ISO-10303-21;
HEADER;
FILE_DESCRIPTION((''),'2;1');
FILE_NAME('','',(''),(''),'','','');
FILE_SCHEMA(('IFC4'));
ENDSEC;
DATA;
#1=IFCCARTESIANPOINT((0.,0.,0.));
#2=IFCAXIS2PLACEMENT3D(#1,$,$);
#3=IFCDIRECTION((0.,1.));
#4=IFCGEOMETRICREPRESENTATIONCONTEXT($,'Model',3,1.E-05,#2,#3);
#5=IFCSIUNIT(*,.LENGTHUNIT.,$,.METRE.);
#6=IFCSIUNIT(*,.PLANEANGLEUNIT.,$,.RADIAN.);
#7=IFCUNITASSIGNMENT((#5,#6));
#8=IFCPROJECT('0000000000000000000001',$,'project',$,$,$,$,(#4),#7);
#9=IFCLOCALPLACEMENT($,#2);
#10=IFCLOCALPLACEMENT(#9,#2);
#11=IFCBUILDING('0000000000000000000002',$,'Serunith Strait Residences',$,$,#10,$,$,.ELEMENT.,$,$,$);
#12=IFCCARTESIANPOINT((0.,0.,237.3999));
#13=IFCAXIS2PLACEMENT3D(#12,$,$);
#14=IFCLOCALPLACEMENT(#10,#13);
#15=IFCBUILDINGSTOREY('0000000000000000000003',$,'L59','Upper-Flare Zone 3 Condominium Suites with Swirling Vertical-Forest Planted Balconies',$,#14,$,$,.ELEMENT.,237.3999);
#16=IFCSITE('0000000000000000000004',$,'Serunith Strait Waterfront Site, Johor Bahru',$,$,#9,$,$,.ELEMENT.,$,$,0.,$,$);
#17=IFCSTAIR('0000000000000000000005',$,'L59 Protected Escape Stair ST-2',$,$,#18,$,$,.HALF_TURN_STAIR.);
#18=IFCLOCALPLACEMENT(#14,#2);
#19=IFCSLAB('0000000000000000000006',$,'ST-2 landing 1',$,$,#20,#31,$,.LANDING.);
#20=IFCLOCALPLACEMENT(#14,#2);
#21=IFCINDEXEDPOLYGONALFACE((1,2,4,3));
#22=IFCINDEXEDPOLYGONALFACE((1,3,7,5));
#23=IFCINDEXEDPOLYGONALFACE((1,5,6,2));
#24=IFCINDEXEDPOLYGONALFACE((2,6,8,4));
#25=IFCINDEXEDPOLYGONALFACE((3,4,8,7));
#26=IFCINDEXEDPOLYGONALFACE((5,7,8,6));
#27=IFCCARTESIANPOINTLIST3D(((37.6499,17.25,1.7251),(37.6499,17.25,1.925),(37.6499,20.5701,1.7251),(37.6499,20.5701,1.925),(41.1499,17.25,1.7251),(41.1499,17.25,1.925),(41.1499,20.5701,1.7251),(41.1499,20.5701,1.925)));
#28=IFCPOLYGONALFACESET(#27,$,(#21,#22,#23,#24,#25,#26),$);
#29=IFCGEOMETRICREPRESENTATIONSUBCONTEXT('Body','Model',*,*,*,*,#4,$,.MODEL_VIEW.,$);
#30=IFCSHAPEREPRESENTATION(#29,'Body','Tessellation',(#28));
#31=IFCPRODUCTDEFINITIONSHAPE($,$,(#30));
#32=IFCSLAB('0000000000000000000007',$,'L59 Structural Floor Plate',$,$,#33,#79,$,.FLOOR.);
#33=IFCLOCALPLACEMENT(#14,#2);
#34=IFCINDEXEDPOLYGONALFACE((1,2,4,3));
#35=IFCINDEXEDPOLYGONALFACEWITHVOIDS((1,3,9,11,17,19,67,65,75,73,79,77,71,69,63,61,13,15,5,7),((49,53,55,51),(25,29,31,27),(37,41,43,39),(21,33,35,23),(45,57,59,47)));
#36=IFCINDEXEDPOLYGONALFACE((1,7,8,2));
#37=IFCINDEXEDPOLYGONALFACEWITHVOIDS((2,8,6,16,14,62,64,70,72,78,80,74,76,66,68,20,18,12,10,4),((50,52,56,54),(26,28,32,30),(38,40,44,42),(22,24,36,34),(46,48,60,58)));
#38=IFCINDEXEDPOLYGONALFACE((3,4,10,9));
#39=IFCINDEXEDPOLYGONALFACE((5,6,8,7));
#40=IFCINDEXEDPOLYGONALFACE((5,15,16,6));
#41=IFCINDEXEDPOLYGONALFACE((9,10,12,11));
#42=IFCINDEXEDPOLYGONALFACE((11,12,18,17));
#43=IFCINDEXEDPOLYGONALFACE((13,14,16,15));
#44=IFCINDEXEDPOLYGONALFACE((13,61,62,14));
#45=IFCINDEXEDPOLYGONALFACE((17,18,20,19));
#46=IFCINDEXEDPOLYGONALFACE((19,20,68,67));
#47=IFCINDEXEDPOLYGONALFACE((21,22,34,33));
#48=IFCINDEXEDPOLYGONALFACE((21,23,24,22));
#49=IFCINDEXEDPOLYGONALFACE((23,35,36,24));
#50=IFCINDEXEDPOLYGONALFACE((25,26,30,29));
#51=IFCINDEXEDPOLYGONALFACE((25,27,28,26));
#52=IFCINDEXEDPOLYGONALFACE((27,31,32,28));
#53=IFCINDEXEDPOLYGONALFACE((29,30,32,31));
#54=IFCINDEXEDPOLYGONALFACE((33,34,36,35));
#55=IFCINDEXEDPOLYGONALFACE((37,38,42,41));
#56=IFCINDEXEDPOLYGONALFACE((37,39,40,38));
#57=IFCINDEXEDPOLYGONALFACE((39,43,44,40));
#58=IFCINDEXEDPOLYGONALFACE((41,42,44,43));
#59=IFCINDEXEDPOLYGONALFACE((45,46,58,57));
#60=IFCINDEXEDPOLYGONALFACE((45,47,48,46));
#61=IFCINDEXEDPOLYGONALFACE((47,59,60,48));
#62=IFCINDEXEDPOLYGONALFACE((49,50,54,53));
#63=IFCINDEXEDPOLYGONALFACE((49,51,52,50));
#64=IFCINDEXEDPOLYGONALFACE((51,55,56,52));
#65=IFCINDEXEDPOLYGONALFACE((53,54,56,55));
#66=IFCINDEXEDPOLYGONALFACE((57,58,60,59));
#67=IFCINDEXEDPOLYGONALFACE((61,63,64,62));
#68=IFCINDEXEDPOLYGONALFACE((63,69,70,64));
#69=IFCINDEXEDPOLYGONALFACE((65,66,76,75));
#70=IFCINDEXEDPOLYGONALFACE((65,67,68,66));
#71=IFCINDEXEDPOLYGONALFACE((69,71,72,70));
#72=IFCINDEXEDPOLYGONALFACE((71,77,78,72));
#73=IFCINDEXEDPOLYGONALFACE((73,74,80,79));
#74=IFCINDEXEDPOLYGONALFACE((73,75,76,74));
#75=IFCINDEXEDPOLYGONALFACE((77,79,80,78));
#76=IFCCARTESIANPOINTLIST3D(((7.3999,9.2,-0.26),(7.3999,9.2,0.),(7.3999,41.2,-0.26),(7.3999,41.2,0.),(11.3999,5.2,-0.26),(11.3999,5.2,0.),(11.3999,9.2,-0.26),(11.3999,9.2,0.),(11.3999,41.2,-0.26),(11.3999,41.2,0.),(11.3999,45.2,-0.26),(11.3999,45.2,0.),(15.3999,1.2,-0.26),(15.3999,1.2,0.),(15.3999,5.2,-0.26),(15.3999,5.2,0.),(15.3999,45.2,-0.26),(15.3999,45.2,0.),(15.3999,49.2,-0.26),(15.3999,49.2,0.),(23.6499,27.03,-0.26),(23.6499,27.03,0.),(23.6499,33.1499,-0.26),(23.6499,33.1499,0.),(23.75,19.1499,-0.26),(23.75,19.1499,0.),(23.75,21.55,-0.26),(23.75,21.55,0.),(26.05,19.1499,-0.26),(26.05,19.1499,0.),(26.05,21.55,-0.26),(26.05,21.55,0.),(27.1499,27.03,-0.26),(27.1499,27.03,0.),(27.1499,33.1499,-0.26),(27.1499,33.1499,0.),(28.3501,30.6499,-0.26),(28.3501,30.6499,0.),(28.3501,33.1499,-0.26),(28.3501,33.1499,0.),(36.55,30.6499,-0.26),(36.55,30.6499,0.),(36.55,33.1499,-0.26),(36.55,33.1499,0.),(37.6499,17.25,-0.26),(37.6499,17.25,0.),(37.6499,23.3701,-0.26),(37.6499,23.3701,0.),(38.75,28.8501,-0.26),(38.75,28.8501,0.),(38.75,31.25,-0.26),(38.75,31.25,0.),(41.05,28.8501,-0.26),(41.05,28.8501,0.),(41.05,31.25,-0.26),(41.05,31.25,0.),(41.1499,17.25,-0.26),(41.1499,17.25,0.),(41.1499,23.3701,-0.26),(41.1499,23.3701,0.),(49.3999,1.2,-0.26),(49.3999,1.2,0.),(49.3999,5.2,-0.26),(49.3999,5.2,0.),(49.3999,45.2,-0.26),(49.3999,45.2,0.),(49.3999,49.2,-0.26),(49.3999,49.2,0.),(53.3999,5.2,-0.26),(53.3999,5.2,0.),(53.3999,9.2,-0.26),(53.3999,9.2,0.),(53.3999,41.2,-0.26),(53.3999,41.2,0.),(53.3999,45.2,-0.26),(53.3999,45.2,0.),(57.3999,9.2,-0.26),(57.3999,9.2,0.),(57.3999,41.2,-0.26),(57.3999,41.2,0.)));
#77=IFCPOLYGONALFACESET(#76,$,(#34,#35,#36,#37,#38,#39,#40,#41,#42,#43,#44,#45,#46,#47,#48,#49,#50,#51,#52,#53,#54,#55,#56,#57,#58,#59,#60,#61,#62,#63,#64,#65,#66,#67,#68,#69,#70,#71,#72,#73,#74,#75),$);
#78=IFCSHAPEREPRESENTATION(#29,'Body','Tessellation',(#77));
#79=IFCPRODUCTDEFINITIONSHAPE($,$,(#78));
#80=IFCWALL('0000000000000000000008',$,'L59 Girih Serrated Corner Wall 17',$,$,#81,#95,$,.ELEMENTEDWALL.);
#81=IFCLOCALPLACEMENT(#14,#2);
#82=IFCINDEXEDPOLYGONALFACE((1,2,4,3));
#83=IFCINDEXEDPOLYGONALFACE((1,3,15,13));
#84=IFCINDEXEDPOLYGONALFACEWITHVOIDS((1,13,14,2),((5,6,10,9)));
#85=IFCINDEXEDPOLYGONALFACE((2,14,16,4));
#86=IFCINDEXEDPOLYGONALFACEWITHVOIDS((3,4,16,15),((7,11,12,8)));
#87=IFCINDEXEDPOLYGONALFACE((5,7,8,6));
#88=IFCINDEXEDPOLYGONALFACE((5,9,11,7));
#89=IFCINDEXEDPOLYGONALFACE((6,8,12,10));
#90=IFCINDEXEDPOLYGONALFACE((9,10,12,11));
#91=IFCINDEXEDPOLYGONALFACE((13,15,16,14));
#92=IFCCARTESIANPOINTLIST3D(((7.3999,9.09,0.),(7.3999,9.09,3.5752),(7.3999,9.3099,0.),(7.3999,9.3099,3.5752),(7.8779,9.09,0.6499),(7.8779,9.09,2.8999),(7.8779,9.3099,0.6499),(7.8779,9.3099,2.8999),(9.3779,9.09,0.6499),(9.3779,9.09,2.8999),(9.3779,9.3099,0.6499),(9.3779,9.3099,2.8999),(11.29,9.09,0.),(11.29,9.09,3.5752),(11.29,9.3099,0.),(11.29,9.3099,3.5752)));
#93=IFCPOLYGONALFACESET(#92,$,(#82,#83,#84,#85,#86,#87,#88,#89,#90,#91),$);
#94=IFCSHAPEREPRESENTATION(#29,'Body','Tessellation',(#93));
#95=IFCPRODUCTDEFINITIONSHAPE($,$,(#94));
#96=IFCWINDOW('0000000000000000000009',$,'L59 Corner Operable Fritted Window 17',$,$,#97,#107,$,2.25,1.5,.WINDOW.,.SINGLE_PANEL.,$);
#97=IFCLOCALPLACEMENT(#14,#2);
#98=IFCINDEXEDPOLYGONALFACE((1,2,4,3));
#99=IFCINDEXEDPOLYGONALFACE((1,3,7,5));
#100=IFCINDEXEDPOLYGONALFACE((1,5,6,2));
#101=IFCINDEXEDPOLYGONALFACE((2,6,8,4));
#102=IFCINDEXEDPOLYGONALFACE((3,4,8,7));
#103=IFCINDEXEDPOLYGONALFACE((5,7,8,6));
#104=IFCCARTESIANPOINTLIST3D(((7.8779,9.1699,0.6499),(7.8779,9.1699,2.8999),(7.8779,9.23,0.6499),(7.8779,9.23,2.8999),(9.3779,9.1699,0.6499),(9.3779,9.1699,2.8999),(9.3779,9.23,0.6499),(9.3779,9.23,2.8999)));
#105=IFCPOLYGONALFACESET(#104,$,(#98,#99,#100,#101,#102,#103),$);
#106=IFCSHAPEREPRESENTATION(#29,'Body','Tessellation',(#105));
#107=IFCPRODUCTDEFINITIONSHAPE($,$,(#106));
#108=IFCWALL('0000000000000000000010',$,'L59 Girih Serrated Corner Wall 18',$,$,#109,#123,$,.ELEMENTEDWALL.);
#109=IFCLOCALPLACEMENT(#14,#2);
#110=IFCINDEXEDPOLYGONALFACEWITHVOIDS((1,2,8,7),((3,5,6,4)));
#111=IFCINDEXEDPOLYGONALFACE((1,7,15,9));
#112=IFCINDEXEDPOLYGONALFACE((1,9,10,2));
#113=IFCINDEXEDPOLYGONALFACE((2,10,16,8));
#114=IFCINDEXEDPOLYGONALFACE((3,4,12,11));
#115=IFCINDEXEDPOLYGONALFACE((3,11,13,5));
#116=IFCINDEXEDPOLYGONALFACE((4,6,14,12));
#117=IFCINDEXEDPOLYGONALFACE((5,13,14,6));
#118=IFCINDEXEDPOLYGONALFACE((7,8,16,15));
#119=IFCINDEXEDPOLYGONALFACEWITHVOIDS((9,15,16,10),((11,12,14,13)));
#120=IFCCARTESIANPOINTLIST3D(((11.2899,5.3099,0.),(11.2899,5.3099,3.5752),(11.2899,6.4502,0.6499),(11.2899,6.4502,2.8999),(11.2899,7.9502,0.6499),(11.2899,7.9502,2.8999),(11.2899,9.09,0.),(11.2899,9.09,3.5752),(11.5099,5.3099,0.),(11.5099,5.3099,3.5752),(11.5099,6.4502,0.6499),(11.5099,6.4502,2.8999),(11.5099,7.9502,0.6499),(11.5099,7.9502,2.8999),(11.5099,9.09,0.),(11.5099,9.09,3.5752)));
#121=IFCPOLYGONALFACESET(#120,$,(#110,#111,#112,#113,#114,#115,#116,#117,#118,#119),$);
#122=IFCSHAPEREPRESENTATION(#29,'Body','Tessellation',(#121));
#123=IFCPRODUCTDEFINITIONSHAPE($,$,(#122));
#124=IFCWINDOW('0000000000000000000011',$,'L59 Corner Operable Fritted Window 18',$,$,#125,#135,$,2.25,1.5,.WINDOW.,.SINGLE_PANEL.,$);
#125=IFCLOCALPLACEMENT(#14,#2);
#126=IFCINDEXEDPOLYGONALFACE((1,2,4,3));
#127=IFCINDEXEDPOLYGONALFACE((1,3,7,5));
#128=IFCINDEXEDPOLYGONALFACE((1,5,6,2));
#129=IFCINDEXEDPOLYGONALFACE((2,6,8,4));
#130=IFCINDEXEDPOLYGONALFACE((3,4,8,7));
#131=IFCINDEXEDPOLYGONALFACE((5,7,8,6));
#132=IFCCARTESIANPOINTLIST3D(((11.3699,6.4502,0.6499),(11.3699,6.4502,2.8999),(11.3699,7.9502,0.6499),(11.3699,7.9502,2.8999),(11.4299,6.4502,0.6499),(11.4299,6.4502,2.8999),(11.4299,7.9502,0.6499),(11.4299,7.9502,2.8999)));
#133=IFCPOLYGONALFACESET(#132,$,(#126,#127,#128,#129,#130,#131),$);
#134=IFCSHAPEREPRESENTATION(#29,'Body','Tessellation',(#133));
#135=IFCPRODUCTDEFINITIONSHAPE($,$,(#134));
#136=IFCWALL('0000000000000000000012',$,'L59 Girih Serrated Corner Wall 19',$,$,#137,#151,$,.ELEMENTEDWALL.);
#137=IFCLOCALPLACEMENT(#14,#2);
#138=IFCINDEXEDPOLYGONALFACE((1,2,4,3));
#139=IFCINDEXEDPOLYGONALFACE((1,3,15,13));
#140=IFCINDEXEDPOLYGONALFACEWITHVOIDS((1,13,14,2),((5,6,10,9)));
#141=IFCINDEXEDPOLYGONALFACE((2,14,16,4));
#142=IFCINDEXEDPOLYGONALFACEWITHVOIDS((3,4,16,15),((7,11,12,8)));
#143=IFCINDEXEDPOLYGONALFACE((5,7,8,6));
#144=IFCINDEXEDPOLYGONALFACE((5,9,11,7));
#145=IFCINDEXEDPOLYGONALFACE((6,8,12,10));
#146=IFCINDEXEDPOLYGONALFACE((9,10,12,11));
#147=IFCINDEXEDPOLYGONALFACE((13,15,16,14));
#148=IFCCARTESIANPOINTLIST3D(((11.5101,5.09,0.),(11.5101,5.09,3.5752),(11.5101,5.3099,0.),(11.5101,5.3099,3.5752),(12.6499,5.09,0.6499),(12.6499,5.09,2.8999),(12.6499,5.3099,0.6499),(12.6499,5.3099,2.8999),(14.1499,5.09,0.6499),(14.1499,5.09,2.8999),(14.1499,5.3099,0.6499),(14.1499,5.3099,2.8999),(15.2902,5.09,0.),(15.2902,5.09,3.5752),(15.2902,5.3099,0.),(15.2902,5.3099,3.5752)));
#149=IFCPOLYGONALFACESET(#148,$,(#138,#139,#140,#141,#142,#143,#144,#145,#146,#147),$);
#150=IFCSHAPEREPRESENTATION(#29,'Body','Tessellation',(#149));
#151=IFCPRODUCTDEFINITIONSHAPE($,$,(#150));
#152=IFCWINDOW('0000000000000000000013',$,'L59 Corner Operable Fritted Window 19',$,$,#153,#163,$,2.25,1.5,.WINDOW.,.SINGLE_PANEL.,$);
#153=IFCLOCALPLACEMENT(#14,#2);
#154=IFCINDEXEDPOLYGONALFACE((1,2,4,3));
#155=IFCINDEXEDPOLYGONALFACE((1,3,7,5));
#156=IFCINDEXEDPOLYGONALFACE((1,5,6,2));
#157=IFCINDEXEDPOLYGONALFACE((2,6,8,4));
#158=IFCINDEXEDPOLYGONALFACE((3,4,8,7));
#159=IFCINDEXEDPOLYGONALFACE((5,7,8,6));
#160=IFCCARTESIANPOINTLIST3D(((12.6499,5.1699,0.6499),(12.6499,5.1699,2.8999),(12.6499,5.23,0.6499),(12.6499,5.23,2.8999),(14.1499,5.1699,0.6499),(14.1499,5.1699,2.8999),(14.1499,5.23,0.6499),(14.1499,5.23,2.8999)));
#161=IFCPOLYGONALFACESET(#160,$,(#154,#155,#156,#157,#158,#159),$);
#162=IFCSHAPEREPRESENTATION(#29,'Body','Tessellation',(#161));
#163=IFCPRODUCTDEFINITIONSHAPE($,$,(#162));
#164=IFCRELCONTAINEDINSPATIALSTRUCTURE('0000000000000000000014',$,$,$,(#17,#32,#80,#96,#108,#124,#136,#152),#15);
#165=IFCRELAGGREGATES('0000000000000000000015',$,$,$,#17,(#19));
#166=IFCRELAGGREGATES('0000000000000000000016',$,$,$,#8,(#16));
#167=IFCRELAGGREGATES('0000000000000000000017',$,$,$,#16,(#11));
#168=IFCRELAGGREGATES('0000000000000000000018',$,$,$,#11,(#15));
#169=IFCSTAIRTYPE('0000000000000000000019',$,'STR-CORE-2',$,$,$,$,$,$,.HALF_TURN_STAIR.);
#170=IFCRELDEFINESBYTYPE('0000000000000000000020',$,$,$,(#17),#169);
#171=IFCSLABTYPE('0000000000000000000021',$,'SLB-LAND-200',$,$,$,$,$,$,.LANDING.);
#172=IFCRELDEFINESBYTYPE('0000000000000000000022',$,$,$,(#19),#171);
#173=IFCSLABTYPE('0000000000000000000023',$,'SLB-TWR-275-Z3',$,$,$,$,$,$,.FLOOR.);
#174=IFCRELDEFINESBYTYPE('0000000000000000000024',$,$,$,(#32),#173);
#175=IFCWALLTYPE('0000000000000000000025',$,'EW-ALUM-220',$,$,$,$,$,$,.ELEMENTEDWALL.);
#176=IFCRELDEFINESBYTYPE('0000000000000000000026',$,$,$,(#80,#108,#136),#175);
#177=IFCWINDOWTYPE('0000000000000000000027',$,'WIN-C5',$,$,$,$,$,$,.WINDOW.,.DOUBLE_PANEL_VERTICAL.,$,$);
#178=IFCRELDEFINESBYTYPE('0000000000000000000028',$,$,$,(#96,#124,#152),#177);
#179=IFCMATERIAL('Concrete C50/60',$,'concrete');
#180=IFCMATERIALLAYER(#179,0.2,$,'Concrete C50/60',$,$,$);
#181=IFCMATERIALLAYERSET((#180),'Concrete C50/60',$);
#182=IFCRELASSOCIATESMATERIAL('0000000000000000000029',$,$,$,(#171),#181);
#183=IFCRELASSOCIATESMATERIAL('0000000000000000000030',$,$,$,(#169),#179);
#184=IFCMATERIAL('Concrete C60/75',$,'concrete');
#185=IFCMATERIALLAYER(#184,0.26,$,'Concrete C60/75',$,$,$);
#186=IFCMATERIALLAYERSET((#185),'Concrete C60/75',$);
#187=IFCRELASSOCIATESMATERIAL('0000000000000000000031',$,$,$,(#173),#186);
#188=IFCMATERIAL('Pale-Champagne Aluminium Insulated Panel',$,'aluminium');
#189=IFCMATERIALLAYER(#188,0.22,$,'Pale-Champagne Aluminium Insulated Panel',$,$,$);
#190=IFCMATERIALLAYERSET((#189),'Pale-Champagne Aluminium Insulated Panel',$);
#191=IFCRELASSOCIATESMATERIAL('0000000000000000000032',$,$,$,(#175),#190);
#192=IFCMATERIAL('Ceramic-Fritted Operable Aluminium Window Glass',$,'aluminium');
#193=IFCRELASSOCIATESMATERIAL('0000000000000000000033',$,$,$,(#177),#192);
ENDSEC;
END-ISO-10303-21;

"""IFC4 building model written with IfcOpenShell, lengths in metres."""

from ifc_helpers import new_model, si_unit, direction, frame, frame_2d, origin, place, context, subcontext, project, spatial, polyline, rectangle, outline, extrude, source, transform, mapped, material, layer, layer_set, type_object, element, fill, aggregate, save


model = new_model("IFC4")

# Units and contexts
model_context = context("Model", 3, precision=1e-05, world=origin(), true_north=direction((0.0, 1.0)))
body_context = subcontext(model_context, "Body", "Model", "MODEL_VIEW")
ifc_project = project(units=[si_unit("LENGTHUNIT", "METRE"), si_unit("PLANEANGLEUNIT", "RADIAN")], contexts=[model_context])

# Site, building, storey
site_placement = place(None, origin())
site = spatial("IfcSite", under=ifc_project, at=site_placement, Name="Serunith Strait Waterfront Site, Johor Bahru", CompositionType="ELEMENT", RefElevation=0.0)
building_placement = place(site_placement, origin())
building = spatial("IfcBuilding", under=site, at=building_placement, Name="Serunith Strait Residences", CompositionType="ELEMENT")
storey_placement = place(building_placement, frame((0.0, 0.0, 237.3999)))
storey = spatial("IfcBuildingStorey", under=building, at=storey_placement, Name="L59", Description="Upper-Flare Zone 3 Condominium Suites with Swirling Vertical-Forest Planted Balconies", CompositionType="ELEMENT", Elevation=237.3999)

# Shared definitions
ifc_material_1 = material(Name="Concrete C50/60", Category="concrete")

# Stair, slab
ifc_layer_1 = layer(ifc_material_1, 0.2, Name="Concrete C50/60")
ifc_layer_set_1 = layer_set([ifc_layer_1], Name="Concrete C50/60")
slab_type_1 = type_object("IfcSlabType", Name="SLB-LAND-200", PredefinedType="LANDING", material=ifc_layer_set_1)
stair_type_1 = type_object("IfcStairType", Name="STR-CORE-2", PredefinedType="HALF_TURN_STAIR", material=ifc_material_1)
stair_1_placement = place(storey_placement, origin())
stair_1 = element("IfcStair", 1, at=stair_1_placement, inside=storey, type_object=stair_type_1, Name="L59 Protected Escape Stair ST-2", PredefinedType="HALF_TURN_STAIR")
slab_1_placement = place(storey_placement, frame((0.0, 0.0, 1.7251)))
slab_1 = element("IfcSlab", 2, at=slab_1_placement, type_object=slab_type_1, Name="ST-2 landing 1", PredefinedType="LANDING", context=body_context, shape_type="SweptSolid", body=[
    extrude(outline(polyline([(37.6499, 20.5701), (37.6499, 17.25), (41.1499, 17.25), (41.1499, 20.5701), (37.6499, 20.5701)])), origin(), (0.0, 0.0, 1.0), 0.2),
])
aggregate(stair_1, [slab_1])

# Slab
ifc_material_2 = material(Name="Concrete C60/75", Category="concrete")
ifc_layer_2 = layer(ifc_material_2, 0.26, Name="Concrete C60/75")
ifc_layer_set_2 = layer_set([ifc_layer_2], Name="Concrete C60/75")
slab_type_2 = type_object("IfcSlabType", Name="SLB-TWR-275-Z3", PredefinedType="FLOOR", material=ifc_layer_set_2)
slab_2_placement = place(storey_placement, frame((0.0, 0.0, -0.26)))
element("IfcSlab", 3, at=slab_2_placement, inside=storey, type_object=slab_type_2, Name="L59 Structural Floor Plate", PredefinedType="FLOOR", context=body_context, shape_type="SweptSolid", body=[
    extrude(outline(polyline([(15.3999, 5.2), (11.3999, 5.2), (11.3999, 9.2), (7.3999, 9.2), (7.3999, 41.2), (11.3999, 41.2), (11.3999, 45.2), (15.3999, 45.2), (15.3999, 49.2), (49.3999, 49.2), (49.3999, 45.2), (53.3999, 45.2), (53.3999, 41.2), (57.3999, 41.2), (57.3999, 9.2), (53.3999, 9.2), (53.3999, 5.2), (49.3999, 5.2), (49.3999, 1.2), (15.3999, 1.2), (15.3999, 5.2)]), holes=[polyline([(41.1499, 23.3701), (37.6499, 23.3701), (37.6499, 17.25), (41.1499, 17.25), (41.1499, 23.3701)]), polyline([(38.75, 31.25), (38.75, 28.8501), (41.05, 28.8501), (41.05, 31.25), (38.75, 31.25)]), polyline([(36.55, 33.1499), (28.3501, 33.1499), (28.3501, 30.6499), (36.55, 30.6499), (36.55, 33.1499)]), polyline([(23.6499, 33.1499), (23.6499, 27.03), (27.1499, 27.03), (27.1499, 33.1499), (23.6499, 33.1499)]), polyline([(23.75, 21.55), (23.75, 19.1499), (26.05, 19.1499), (26.05, 21.55), (23.75, 21.55)])]), origin(), (0.0, 0.0, 1.0), 0.26),
])

# Walls, openings, windows
ifc_material_3 = material(Name="Pale-Champagne Aluminium Insulated Panel", Category="aluminium")
ifc_layer_3 = layer(ifc_material_3, 0.22, Name="Pale-Champagne Aluminium Insulated Panel")
ifc_layer_set_3 = layer_set([ifc_layer_3], Name="Pale-Champagne Aluminium Insulated Panel")
wall_type_1 = type_object("IfcWallType", Name="EW-ALUM-220", PredefinedType="ELEMENTEDWALL", material=ifc_layer_set_3)
wall_1_placement = place(storey_placement, frame((7.3999, 9.2, 0.0), z_axis=(0.0, 0.0, 1.0), x_axis=(1.0, 0.0, 0.0)))
wall_1 = element("IfcWall", 4, at=wall_1_placement, inside=storey, type_object=wall_type_1, Name="L59 Girih Serrated Corner Wall 17", PredefinedType="ELEMENTEDWALL", context=body_context, shape_type="SweptSolid", body=[
    extrude(rectangle(XDim=3.8901, YDim=0.22, at=frame_2d((1.9451, 0.0))), origin(), (0.0, 0.0, 1.0), 3.5752),
])
opening_1_placement = place(wall_1_placement, frame((0.478, 0.0, 0.6499)))
opening_1 = element("IfcOpeningElement", 5, at=opening_1_placement, cuts=wall_1, PredefinedType="OPENING", context=body_context, shape_type="SweptSolid", body=[
    extrude(rectangle(XDim=1.5, YDim=2.25, at=frame_2d((0.75, 1.125))), frame((0.0, 0.1201, 0.0), z_axis=(0.0, -1.0, 0.0), x_axis=(1.0, 0.0, 0.0)), (0.0, 0.0, 1.0), 0.24),
])
ifc_material_4 = material(Name="Ceramic-Fritted Operable Aluminium Window Glass", Category="aluminium")
window_type = type_object("IfcWindowType", Name="WIN-C5", PartitioningType="DOUBLE_PANEL_VERTICAL", PredefinedType="WINDOW", material=ifc_material_4)
shared_shape_1 = source(origin(), body_context, "Body", "SweptSolid", [
    extrude(rectangle(XDim=1.5, YDim=2.25, at=frame_2d((0.75, 1.125))), frame((0.0, 0.03, 0.0), z_axis=(0.0, -1.0, 0.0), x_axis=(1.0, 0.0, 0.0)), (0.0, 0.0, 1.0), 0.0601),
])
window_1_placement = place(opening_1_placement, origin())
window_1 = element("IfcWindow", 6, at=window_1_placement, inside=storey, type_object=window_type, Name="L59 Corner Operable Fritted Window 17", OverallHeight=2.25, OverallWidth=1.5, PartitioningType="SINGLE_PANEL", PredefinedType="WINDOW", context=body_context, shape_type="MappedRepresentation", body=[
    mapped(shared_shape_1, transform((0.0, 0.0, 0.0), scale=1.0)),
])
fill(opening_1, window_1)
wall_2_placement = place(storey_placement, frame((11.3999, 9.0901, 0.0), z_axis=(0.0, 0.0, 1.0), x_axis=(0.0, -1.0, 0.0)))
wall_2 = element("IfcWall", 7, at=wall_2_placement, inside=storey, type_object=wall_type_1, Name="L59 Girih Serrated Corner Wall 18", PredefinedType="ELEMENTEDWALL", context=body_context, shape_type="SweptSolid", body=[
    extrude(rectangle(XDim=3.78, YDim=0.22, at=frame_2d((1.8901, 0.0))), origin(), (0.0, 0.0, 1.0), 3.5752),
])
opening_2_placement = place(wall_2_placement, frame((1.1399, 0.0, 0.6499)))
opening_2 = element("IfcOpeningElement", 8, at=opening_2_placement, cuts=wall_2, PredefinedType="OPENING", context=body_context, shape_type="SweptSolid", body=[
    extrude(rectangle(XDim=1.5, YDim=2.25, at=frame_2d((0.75, 1.125))), frame((0.0, 0.1201, 0.0), z_axis=(0.0, -1.0, 0.0), x_axis=(1.0, 0.0, 0.0)), (0.0, 0.0, 1.0), 0.24),
])
window_2_placement = place(opening_2_placement, origin())
window_2 = element("IfcWindow", 9, at=window_2_placement, inside=storey, type_object=window_type, Name="L59 Corner Operable Fritted Window 18", OverallHeight=2.25, OverallWidth=1.5, PartitioningType="SINGLE_PANEL", PredefinedType="WINDOW", context=body_context, shape_type="MappedRepresentation", body=[
    mapped(shared_shape_1, transform((0.0, 0.0, 0.0), scale=1.0)),
])
fill(opening_2, window_2)
wall_3_placement = place(storey_placement, frame((11.51, 5.2, 0.0), z_axis=(0.0, 0.0, 1.0), x_axis=(1.0, 0.0, 0.0)))
wall_3 = element("IfcWall", 10, at=wall_3_placement, inside=storey, type_object=wall_type_1, Name="L59 Girih Serrated Corner Wall 19", PredefinedType="ELEMENTEDWALL", context=body_context, shape_type="SweptSolid", body=[
    extrude(rectangle(XDim=3.78, YDim=0.22, at=frame_2d((1.8901, 0.0))), origin(), (0.0, 0.0, 1.0), 3.5752),
])
opening_3_placement = place(wall_3_placement, frame((1.1399, 0.0, 0.6499)))
opening_3 = element("IfcOpeningElement", 11, at=opening_3_placement, cuts=wall_3, PredefinedType="OPENING", context=body_context, shape_type="SweptSolid", body=[
    extrude(rectangle(XDim=1.5, YDim=2.25, at=frame_2d((0.75, 1.125))), frame((0.0, 0.1201, 0.0), z_axis=(0.0, -1.0, 0.0), x_axis=(1.0, 0.0, 0.0)), (0.0, 0.0, 1.0), 0.24),
])
window_3_placement = place(opening_3_placement, origin())
window_3 = element("IfcWindow", 12, at=window_3_placement, inside=storey, type_object=window_type, Name="L59 Corner Operable Fritted Window 19", OverallHeight=2.25, OverallWidth=1.5, PartitioningType="SINGLE_PANEL", PredefinedType="WINDOW", context=body_context, shape_type="MappedRepresentation", body=[
    mapped(shared_shape_1, transform((0.0, 0.0, 0.0), scale=1.0)),
])
fill(opening_3, window_3)

save(model, "model.ifc")
